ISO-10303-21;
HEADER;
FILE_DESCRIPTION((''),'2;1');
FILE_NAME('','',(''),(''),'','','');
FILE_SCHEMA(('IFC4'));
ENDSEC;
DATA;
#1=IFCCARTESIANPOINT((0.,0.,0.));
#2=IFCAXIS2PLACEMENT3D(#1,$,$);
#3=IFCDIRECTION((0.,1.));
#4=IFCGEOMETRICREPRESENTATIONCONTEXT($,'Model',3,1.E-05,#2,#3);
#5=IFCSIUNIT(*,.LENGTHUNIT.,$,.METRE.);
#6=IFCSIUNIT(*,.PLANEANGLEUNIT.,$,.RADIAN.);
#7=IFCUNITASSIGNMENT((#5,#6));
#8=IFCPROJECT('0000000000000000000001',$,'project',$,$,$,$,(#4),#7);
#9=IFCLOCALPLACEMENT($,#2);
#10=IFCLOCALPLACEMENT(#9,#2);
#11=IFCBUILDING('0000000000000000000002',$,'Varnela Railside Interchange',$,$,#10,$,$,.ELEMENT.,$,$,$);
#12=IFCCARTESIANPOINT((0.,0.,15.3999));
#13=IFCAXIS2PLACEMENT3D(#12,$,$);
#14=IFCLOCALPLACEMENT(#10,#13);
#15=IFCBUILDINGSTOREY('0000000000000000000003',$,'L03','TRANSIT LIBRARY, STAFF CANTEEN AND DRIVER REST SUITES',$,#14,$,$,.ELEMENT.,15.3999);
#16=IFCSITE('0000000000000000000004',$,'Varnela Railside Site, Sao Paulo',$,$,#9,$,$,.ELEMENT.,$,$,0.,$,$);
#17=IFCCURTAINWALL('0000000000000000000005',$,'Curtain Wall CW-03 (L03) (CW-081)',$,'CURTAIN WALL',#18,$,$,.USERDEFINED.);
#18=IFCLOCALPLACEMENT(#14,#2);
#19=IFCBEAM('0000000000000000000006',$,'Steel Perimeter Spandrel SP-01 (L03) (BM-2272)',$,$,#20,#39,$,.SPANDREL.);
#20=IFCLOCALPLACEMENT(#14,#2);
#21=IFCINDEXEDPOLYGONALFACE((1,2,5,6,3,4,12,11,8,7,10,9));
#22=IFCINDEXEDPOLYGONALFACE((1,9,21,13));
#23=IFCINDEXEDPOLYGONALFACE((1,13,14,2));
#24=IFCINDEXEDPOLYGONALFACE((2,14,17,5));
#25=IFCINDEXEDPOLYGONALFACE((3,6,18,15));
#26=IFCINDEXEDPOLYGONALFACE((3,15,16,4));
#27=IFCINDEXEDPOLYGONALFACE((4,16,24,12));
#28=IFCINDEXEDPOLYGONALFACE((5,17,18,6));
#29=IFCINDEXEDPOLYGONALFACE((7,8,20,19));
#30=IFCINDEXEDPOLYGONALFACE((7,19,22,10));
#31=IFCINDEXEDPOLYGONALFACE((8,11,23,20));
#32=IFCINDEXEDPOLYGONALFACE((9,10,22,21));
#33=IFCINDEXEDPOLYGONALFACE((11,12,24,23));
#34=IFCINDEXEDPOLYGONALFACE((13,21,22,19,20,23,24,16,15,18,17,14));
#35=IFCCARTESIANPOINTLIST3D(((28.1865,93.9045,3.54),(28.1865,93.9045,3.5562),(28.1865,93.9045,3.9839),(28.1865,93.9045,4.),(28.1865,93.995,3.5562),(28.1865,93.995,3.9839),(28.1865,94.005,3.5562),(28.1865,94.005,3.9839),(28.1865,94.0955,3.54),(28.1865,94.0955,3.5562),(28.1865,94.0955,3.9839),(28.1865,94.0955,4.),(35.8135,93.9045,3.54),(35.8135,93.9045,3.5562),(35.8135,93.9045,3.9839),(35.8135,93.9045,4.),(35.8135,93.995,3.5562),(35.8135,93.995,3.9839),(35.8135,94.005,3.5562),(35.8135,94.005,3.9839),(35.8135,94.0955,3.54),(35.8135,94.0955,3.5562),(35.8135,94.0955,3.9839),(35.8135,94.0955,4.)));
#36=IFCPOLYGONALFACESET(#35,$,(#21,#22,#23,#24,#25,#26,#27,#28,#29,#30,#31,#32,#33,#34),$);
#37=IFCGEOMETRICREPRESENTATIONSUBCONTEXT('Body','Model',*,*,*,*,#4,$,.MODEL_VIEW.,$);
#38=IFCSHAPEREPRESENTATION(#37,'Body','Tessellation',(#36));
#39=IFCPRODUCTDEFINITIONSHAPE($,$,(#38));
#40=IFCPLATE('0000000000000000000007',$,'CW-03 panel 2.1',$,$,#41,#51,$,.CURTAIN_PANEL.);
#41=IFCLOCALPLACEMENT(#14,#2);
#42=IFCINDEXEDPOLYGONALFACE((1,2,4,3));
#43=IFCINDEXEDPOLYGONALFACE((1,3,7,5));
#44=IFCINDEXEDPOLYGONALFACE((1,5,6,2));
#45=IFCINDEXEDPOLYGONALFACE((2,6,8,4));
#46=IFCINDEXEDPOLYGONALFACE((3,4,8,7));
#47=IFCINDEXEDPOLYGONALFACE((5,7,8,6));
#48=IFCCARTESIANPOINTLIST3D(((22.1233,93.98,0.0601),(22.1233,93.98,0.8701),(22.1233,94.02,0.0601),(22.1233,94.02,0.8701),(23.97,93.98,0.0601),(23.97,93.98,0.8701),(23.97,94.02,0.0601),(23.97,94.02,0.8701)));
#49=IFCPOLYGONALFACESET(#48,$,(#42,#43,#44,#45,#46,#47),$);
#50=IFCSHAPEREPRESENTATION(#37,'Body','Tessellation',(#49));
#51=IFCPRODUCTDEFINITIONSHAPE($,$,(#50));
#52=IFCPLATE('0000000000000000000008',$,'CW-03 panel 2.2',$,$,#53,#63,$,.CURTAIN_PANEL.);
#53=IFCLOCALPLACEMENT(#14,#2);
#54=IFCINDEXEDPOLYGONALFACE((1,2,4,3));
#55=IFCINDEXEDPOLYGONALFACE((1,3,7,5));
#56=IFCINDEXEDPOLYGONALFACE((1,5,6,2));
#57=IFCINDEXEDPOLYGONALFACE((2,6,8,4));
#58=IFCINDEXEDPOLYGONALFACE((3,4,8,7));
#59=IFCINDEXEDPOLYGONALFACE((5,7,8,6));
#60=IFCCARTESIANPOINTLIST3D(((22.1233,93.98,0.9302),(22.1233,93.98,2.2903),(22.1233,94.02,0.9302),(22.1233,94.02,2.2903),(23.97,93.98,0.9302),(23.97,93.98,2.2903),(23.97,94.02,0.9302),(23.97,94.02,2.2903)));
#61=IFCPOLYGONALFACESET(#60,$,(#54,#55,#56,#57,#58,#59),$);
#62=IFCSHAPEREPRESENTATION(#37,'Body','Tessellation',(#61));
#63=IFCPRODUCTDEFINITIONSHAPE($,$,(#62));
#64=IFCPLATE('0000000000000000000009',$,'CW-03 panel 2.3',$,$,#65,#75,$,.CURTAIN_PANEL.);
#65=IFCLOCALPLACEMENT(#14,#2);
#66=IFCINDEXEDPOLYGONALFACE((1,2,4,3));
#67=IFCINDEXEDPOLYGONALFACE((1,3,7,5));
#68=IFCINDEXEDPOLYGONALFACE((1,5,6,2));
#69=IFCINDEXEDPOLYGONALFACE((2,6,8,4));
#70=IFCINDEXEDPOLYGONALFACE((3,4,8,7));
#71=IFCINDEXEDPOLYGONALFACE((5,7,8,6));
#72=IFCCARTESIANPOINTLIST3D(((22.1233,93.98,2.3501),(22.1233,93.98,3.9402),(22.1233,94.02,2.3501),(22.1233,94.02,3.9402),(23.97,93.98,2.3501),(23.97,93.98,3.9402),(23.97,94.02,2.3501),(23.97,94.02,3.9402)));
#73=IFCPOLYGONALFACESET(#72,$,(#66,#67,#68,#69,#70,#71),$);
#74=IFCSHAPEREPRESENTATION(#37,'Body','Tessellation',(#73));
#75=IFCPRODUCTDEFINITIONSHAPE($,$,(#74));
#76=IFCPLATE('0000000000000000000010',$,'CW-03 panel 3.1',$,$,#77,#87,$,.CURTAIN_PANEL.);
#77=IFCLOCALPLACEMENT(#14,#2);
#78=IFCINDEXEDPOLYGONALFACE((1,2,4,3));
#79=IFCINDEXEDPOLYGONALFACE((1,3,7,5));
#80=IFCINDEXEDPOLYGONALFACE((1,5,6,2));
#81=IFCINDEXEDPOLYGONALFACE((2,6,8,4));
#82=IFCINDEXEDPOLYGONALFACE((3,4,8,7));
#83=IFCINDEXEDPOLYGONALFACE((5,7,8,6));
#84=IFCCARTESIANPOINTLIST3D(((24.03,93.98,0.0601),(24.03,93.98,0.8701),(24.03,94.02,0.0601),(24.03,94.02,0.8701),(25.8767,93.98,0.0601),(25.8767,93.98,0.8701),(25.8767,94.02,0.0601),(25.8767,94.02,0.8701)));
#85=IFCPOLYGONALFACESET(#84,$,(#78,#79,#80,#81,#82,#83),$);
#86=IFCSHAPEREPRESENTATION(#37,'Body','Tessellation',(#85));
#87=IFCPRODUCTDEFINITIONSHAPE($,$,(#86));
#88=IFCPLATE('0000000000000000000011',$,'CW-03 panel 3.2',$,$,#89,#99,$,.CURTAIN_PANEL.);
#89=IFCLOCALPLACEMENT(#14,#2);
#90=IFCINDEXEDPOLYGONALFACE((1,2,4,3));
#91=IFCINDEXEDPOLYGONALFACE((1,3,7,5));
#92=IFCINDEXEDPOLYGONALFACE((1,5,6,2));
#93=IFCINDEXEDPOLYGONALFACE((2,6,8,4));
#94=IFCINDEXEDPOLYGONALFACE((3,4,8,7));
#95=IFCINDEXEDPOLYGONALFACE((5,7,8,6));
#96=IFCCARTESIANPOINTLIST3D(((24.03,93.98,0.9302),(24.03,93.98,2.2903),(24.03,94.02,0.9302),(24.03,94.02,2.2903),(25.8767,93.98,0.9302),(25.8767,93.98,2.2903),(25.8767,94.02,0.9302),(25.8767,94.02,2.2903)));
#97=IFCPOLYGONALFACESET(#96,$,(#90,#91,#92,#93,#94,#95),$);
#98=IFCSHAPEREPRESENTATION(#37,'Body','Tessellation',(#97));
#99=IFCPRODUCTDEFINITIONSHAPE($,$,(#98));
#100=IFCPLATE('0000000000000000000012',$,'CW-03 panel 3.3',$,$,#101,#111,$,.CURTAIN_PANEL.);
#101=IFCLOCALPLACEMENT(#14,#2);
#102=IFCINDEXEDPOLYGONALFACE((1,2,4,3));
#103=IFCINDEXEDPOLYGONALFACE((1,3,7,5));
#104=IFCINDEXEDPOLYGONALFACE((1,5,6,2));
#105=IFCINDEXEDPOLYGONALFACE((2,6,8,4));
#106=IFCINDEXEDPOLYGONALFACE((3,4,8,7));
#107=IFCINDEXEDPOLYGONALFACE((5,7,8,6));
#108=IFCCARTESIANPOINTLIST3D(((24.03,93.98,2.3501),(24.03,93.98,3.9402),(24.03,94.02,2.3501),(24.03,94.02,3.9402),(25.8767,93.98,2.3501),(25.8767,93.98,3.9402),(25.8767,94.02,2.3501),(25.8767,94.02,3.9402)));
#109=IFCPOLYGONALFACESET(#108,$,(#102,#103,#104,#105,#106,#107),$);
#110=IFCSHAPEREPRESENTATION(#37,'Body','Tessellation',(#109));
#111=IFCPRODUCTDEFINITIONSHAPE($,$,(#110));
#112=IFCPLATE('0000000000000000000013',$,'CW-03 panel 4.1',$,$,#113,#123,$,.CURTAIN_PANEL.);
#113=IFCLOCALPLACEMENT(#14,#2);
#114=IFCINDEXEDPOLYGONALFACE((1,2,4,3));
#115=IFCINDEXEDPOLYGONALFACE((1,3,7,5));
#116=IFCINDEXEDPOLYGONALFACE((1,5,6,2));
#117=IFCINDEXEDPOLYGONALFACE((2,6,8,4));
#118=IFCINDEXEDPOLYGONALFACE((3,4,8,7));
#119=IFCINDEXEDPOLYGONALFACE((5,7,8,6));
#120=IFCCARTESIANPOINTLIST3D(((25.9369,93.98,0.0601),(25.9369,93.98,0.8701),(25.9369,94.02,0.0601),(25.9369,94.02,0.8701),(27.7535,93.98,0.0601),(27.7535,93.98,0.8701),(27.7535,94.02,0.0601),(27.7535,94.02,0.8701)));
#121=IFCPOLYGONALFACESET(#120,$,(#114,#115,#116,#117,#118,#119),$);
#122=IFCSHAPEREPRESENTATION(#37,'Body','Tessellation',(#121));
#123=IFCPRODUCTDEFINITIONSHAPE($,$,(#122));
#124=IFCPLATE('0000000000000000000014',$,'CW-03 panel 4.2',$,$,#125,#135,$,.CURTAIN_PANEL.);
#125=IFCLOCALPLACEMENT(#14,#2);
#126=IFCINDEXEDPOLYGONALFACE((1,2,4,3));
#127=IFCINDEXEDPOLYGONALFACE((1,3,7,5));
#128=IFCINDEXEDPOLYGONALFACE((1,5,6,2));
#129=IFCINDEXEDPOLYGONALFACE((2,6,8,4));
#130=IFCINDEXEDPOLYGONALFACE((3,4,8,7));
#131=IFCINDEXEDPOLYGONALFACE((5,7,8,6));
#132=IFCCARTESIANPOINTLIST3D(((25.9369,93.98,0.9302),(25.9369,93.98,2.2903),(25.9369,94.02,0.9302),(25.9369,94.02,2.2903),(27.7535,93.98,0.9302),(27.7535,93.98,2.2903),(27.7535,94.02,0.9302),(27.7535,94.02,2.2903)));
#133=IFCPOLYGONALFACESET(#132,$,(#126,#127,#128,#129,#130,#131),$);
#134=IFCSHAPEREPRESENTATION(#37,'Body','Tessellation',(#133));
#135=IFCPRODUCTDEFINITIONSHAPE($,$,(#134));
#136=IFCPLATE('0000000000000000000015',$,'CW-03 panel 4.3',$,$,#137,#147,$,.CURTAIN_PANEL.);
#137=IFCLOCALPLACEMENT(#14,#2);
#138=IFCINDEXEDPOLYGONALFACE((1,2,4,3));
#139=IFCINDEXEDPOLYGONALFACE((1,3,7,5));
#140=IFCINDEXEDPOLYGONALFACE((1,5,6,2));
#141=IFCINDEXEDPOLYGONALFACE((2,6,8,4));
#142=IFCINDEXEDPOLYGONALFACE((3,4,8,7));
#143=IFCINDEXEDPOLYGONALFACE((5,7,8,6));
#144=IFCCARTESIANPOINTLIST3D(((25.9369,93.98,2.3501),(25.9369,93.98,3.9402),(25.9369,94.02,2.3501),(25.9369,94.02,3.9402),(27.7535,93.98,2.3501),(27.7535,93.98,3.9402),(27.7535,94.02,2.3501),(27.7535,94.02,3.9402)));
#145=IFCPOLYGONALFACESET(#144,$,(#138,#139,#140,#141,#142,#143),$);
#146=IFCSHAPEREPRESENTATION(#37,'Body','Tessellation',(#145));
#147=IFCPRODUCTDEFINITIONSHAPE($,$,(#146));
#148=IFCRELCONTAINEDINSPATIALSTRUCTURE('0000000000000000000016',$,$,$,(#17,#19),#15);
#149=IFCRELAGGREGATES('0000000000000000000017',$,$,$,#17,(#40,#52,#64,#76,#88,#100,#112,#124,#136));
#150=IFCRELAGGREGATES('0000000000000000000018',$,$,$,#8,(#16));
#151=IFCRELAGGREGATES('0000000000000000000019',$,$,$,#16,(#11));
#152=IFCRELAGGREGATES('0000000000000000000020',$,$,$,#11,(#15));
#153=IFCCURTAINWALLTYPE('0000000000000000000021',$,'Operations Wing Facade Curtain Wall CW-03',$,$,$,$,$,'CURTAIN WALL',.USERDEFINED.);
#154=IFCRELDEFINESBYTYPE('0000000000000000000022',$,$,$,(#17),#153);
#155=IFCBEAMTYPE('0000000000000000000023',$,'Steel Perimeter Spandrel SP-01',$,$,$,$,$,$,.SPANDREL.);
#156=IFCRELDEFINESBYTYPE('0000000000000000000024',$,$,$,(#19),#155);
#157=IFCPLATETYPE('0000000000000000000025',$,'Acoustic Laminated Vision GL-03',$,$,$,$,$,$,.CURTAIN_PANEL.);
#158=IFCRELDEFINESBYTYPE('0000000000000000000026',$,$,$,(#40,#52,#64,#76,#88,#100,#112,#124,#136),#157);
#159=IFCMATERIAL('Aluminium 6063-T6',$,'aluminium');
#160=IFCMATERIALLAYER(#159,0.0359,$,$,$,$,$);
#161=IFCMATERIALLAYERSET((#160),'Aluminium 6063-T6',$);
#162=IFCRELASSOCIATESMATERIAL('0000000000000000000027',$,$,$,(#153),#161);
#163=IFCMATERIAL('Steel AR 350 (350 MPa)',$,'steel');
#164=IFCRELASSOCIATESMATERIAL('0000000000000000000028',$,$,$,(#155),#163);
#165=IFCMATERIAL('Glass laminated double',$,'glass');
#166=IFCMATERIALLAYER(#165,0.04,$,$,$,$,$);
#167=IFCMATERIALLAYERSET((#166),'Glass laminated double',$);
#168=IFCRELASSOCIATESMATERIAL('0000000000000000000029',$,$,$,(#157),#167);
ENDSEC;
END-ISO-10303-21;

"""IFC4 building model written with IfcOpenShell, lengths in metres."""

from ifc_helpers import new_model, si_unit, direction, frame, origin, origin_2d, place, context, subcontext, project, spatial, rectangle, i_section, extrude, material, layer, layer_set, material_profile, profile_set, type_object, element, aggregate, save


model = new_model("IFC4")

# Units and contexts
model_context = context("Model", 3, precision=1e-05, world=origin(), true_north=direction((0.0, 1.0)))
body_context = subcontext(model_context, "Body", "Model", "MODEL_VIEW")
ifc_project = project(units=[si_unit("LENGTHUNIT", "METRE"), si_unit("PLANEANGLEUNIT", "RADIAN")], contexts=[model_context])

# Site, building, storey
site_placement = place(None, origin())
site = spatial("IfcSite", under=ifc_project, at=site_placement, Name="Varnela Railside Site, Sao Paulo", CompositionType="ELEMENT", RefElevation=0.0)
building_placement = place(site_placement, origin())
building = spatial("IfcBuilding", under=site, at=building_placement, Name="Varnela Railside Interchange", CompositionType="ELEMENT")
storey_placement = place(building_placement, frame((0.0, 0.0, 15.3999)))
storey = spatial("IfcBuildingStorey", under=building, at=storey_placement, Name="L03", Description="TRANSIT LIBRARY, STAFF CANTEEN AND DRIVER REST SUITES", CompositionType="ELEMENT", Elevation=15.3999)

# Shared definitions
ifc_material_1 = material(Name="Steel AR 350 (350 MPa)", Category="steel")

# Curtain wall
ifc_material_2 = material(Name="Aluminium 6063-T6", Category="aluminium")
ifc_layer_1 = layer(ifc_material_2, 0.0359)
ifc_layer_set_1 = layer_set([ifc_layer_1], Name="Aluminium 6063-T6")
curtain_wall_type = type_object("IfcCurtainWallType", Name="Operations Wing Facade Curtain Wall CW-03", ElementType="CURTAIN WALL", PredefinedType="USERDEFINED", material=ifc_layer_set_1)
curtain_wall_1_placement = place(storey_placement, origin())
curtain_wall_1 = element("IfcCurtainWall", 1, at=curtain_wall_1_placement, inside=storey, type_object=curtain_wall_type, Name="Curtain Wall CW-03 (L03) (CW-081)", ObjectType="CURTAIN WALL", PredefinedType="USERDEFINED")

# Beam
ifc_material_profile_1 = material_profile(ifc_material_1, i_section(OverallWidth=0.1909, OverallDepth=0.46, WebThickness=0.01, FlangeThickness=0.0161, at=origin_2d()), Name="W460x82")
ifc_profile_set_1 = profile_set([ifc_material_profile_1], Name="Steel AR 350 (350 MPa)")
beam_type = type_object("IfcBeamType", Name="Steel Perimeter Spandrel SP-01", PredefinedType="SPANDREL", material=ifc_profile_set_1)
beam_placement = place(storey_placement, frame((28.1865, 94.0, 3.77), z_axis=(1.0, 0.0, 0.0), x_axis=(0.0, 1.0, 0.0)))
element("IfcBeam", 2, at=beam_placement, inside=storey, type_object=beam_type, Name="Steel Perimeter Spandrel SP-01 (L03) (BM-2272)", PredefinedType="SPANDREL", context=body_context, shape_type="SweptSolid", body=[
    extrude(i_section(OverallWidth=0.1909, OverallDepth=0.46, WebThickness=0.01, FlangeThickness=0.0161, at=origin_2d()), origin(), (0.0, 0.0, 1.0), 7.627),
])

# Plates
ifc_material_3 = material(Name="Glass laminated double", Category="glass")
ifc_layer_2 = layer(ifc_material_3, 0.04)
ifc_layer_set_2 = layer_set([ifc_layer_2], Name="Glass laminated double")
plate_type = type_object("IfcPlateType", Name="Acoustic Laminated Vision GL-03", PredefinedType="CURTAIN_PANEL", material=ifc_layer_set_2)
plate_1_placement = place(storey_placement, frame((23.0466, 94.0, 0.0601), z_axis=(0.0, 0.0, 1.0), x_axis=(1.0, 0.0, 0.0)))
plate_1 = element("IfcPlate", 3, at=plate_1_placement, type_object=plate_type, Name="CW-03 panel 2.1", PredefinedType="CURTAIN_PANEL", context=body_context, shape_type="SweptSolid", body=[
    extrude(rectangle(XDim=1.8467, YDim=0.04, at=origin_2d()), origin(), (0.0, 0.0, 1.0), 0.8101),
])
plate_2_placement = place(storey_placement, frame((23.0466, 94.0, 0.9302), z_axis=(0.0, 0.0, 1.0), x_axis=(1.0, 0.0, 0.0)))
plate_2 = element("IfcPlate", 4, at=plate_2_placement, type_object=plate_type, Name="CW-03 panel 2.2", PredefinedType="CURTAIN_PANEL", context=body_context, shape_type="SweptSolid", body=[
    extrude(rectangle(XDim=1.8467, YDim=0.04, at=origin_2d()), origin(), (0.0, 0.0, 1.0), 1.3601),
])
plate_3_placement = place(storey_placement, frame((23.0466, 94.0, 2.3501), z_axis=(0.0, 0.0, 1.0), x_axis=(1.0, 0.0, 0.0)))
plate_3 = element("IfcPlate", 5, at=plate_3_placement, type_object=plate_type, Name="CW-03 panel 2.3", PredefinedType="CURTAIN_PANEL", context=body_context, shape_type="SweptSolid", body=[
    extrude(rectangle(XDim=1.8467, YDim=0.04, at=origin_2d()), origin(), (0.0, 0.0, 1.0), 1.5901),
])
plate_4_placement = place(storey_placement, frame((24.9534, 94.0, 0.0601), z_axis=(0.0, 0.0, 1.0), x_axis=(1.0, 0.0, 0.0)))
plate_4 = element("IfcPlate", 6, at=plate_4_placement, type_object=plate_type, Name="CW-03 panel 3.1", PredefinedType="CURTAIN_PANEL", context=body_context, shape_type="SweptSolid", body=[
    extrude(rectangle(XDim=1.8467, YDim=0.04, at=origin_2d()), origin(), (0.0, 0.0, 1.0), 0.8101),
])
plate_5_placement = place(storey_placement, frame((24.9534, 94.0, 0.9302), z_axis=(0.0, 0.0, 1.0), x_axis=(1.0, 0.0, 0.0)))
plate_5 = element("IfcPlate", 7, at=plate_5_placement, type_object=plate_type, Name="CW-03 panel 3.2", PredefinedType="CURTAIN_PANEL", context=body_context, shape_type="SweptSolid", body=[
    extrude(rectangle(XDim=1.8467, YDim=0.04, at=origin_2d()), origin(), (0.0, 0.0, 1.0), 1.3601),
])
plate_6_placement = place(storey_placement, frame((24.9534, 94.0, 2.3501), z_axis=(0.0, 0.0, 1.0), x_axis=(1.0, 0.0, 0.0)))
plate_6 = element("IfcPlate", 8, at=plate_6_placement, type_object=plate_type, Name="CW-03 panel 3.3", PredefinedType="CURTAIN_PANEL", context=body_context, shape_type="SweptSolid", body=[
    extrude(rectangle(XDim=1.8467, YDim=0.04, at=origin_2d()), origin(), (0.0, 0.0, 1.0), 1.5901),
])
plate_7_placement = place(storey_placement, frame((26.8452, 94.0, 0.0601), z_axis=(0.0, 0.0, 1.0), x_axis=(1.0, 0.0, 0.0)))
plate_7 = element("IfcPlate", 9, at=plate_7_placement, type_object=plate_type, Name="CW-03 panel 4.1", PredefinedType="CURTAIN_PANEL", context=body_context, shape_type="SweptSolid", body=[
    extrude(rectangle(XDim=1.8167, YDim=0.04, at=origin_2d()), origin(), (0.0, 0.0, 1.0), 0.8101),
])
plate_8_placement = place(storey_placement, frame((26.8452, 94.0, 0.9302), z_axis=(0.0, 0.0, 1.0), x_axis=(1.0, 0.0, 0.0)))
plate_8 = element("IfcPlate", 10, at=plate_8_placement, type_object=plate_type, Name="CW-03 panel 4.2", PredefinedType="CURTAIN_PANEL", context=body_context, shape_type="SweptSolid", body=[
    extrude(rectangle(XDim=1.8167, YDim=0.04, at=origin_2d()), origin(), (0.0, 0.0, 1.0), 1.3601),
])
plate_9_placement = place(storey_placement, frame((26.8452, 94.0, 2.3501), z_axis=(0.0, 0.0, 1.0), x_axis=(1.0, 0.0, 0.0)))
plate_9 = element("IfcPlate", 11, at=plate_9_placement, type_object=plate_type, Name="CW-03 panel 4.3", PredefinedType="CURTAIN_PANEL", context=body_context, shape_type="SweptSolid", body=[
    extrude(rectangle(XDim=1.8167, YDim=0.04, at=origin_2d()), origin(), (0.0, 0.0, 1.0), 1.5901),
])
aggregate(curtain_wall_1, [plate_1, plate_2, plate_3, plate_4, plate_5, plate_6, plate_7, plate_8, plate_9])

save(model, "model.ifc")
